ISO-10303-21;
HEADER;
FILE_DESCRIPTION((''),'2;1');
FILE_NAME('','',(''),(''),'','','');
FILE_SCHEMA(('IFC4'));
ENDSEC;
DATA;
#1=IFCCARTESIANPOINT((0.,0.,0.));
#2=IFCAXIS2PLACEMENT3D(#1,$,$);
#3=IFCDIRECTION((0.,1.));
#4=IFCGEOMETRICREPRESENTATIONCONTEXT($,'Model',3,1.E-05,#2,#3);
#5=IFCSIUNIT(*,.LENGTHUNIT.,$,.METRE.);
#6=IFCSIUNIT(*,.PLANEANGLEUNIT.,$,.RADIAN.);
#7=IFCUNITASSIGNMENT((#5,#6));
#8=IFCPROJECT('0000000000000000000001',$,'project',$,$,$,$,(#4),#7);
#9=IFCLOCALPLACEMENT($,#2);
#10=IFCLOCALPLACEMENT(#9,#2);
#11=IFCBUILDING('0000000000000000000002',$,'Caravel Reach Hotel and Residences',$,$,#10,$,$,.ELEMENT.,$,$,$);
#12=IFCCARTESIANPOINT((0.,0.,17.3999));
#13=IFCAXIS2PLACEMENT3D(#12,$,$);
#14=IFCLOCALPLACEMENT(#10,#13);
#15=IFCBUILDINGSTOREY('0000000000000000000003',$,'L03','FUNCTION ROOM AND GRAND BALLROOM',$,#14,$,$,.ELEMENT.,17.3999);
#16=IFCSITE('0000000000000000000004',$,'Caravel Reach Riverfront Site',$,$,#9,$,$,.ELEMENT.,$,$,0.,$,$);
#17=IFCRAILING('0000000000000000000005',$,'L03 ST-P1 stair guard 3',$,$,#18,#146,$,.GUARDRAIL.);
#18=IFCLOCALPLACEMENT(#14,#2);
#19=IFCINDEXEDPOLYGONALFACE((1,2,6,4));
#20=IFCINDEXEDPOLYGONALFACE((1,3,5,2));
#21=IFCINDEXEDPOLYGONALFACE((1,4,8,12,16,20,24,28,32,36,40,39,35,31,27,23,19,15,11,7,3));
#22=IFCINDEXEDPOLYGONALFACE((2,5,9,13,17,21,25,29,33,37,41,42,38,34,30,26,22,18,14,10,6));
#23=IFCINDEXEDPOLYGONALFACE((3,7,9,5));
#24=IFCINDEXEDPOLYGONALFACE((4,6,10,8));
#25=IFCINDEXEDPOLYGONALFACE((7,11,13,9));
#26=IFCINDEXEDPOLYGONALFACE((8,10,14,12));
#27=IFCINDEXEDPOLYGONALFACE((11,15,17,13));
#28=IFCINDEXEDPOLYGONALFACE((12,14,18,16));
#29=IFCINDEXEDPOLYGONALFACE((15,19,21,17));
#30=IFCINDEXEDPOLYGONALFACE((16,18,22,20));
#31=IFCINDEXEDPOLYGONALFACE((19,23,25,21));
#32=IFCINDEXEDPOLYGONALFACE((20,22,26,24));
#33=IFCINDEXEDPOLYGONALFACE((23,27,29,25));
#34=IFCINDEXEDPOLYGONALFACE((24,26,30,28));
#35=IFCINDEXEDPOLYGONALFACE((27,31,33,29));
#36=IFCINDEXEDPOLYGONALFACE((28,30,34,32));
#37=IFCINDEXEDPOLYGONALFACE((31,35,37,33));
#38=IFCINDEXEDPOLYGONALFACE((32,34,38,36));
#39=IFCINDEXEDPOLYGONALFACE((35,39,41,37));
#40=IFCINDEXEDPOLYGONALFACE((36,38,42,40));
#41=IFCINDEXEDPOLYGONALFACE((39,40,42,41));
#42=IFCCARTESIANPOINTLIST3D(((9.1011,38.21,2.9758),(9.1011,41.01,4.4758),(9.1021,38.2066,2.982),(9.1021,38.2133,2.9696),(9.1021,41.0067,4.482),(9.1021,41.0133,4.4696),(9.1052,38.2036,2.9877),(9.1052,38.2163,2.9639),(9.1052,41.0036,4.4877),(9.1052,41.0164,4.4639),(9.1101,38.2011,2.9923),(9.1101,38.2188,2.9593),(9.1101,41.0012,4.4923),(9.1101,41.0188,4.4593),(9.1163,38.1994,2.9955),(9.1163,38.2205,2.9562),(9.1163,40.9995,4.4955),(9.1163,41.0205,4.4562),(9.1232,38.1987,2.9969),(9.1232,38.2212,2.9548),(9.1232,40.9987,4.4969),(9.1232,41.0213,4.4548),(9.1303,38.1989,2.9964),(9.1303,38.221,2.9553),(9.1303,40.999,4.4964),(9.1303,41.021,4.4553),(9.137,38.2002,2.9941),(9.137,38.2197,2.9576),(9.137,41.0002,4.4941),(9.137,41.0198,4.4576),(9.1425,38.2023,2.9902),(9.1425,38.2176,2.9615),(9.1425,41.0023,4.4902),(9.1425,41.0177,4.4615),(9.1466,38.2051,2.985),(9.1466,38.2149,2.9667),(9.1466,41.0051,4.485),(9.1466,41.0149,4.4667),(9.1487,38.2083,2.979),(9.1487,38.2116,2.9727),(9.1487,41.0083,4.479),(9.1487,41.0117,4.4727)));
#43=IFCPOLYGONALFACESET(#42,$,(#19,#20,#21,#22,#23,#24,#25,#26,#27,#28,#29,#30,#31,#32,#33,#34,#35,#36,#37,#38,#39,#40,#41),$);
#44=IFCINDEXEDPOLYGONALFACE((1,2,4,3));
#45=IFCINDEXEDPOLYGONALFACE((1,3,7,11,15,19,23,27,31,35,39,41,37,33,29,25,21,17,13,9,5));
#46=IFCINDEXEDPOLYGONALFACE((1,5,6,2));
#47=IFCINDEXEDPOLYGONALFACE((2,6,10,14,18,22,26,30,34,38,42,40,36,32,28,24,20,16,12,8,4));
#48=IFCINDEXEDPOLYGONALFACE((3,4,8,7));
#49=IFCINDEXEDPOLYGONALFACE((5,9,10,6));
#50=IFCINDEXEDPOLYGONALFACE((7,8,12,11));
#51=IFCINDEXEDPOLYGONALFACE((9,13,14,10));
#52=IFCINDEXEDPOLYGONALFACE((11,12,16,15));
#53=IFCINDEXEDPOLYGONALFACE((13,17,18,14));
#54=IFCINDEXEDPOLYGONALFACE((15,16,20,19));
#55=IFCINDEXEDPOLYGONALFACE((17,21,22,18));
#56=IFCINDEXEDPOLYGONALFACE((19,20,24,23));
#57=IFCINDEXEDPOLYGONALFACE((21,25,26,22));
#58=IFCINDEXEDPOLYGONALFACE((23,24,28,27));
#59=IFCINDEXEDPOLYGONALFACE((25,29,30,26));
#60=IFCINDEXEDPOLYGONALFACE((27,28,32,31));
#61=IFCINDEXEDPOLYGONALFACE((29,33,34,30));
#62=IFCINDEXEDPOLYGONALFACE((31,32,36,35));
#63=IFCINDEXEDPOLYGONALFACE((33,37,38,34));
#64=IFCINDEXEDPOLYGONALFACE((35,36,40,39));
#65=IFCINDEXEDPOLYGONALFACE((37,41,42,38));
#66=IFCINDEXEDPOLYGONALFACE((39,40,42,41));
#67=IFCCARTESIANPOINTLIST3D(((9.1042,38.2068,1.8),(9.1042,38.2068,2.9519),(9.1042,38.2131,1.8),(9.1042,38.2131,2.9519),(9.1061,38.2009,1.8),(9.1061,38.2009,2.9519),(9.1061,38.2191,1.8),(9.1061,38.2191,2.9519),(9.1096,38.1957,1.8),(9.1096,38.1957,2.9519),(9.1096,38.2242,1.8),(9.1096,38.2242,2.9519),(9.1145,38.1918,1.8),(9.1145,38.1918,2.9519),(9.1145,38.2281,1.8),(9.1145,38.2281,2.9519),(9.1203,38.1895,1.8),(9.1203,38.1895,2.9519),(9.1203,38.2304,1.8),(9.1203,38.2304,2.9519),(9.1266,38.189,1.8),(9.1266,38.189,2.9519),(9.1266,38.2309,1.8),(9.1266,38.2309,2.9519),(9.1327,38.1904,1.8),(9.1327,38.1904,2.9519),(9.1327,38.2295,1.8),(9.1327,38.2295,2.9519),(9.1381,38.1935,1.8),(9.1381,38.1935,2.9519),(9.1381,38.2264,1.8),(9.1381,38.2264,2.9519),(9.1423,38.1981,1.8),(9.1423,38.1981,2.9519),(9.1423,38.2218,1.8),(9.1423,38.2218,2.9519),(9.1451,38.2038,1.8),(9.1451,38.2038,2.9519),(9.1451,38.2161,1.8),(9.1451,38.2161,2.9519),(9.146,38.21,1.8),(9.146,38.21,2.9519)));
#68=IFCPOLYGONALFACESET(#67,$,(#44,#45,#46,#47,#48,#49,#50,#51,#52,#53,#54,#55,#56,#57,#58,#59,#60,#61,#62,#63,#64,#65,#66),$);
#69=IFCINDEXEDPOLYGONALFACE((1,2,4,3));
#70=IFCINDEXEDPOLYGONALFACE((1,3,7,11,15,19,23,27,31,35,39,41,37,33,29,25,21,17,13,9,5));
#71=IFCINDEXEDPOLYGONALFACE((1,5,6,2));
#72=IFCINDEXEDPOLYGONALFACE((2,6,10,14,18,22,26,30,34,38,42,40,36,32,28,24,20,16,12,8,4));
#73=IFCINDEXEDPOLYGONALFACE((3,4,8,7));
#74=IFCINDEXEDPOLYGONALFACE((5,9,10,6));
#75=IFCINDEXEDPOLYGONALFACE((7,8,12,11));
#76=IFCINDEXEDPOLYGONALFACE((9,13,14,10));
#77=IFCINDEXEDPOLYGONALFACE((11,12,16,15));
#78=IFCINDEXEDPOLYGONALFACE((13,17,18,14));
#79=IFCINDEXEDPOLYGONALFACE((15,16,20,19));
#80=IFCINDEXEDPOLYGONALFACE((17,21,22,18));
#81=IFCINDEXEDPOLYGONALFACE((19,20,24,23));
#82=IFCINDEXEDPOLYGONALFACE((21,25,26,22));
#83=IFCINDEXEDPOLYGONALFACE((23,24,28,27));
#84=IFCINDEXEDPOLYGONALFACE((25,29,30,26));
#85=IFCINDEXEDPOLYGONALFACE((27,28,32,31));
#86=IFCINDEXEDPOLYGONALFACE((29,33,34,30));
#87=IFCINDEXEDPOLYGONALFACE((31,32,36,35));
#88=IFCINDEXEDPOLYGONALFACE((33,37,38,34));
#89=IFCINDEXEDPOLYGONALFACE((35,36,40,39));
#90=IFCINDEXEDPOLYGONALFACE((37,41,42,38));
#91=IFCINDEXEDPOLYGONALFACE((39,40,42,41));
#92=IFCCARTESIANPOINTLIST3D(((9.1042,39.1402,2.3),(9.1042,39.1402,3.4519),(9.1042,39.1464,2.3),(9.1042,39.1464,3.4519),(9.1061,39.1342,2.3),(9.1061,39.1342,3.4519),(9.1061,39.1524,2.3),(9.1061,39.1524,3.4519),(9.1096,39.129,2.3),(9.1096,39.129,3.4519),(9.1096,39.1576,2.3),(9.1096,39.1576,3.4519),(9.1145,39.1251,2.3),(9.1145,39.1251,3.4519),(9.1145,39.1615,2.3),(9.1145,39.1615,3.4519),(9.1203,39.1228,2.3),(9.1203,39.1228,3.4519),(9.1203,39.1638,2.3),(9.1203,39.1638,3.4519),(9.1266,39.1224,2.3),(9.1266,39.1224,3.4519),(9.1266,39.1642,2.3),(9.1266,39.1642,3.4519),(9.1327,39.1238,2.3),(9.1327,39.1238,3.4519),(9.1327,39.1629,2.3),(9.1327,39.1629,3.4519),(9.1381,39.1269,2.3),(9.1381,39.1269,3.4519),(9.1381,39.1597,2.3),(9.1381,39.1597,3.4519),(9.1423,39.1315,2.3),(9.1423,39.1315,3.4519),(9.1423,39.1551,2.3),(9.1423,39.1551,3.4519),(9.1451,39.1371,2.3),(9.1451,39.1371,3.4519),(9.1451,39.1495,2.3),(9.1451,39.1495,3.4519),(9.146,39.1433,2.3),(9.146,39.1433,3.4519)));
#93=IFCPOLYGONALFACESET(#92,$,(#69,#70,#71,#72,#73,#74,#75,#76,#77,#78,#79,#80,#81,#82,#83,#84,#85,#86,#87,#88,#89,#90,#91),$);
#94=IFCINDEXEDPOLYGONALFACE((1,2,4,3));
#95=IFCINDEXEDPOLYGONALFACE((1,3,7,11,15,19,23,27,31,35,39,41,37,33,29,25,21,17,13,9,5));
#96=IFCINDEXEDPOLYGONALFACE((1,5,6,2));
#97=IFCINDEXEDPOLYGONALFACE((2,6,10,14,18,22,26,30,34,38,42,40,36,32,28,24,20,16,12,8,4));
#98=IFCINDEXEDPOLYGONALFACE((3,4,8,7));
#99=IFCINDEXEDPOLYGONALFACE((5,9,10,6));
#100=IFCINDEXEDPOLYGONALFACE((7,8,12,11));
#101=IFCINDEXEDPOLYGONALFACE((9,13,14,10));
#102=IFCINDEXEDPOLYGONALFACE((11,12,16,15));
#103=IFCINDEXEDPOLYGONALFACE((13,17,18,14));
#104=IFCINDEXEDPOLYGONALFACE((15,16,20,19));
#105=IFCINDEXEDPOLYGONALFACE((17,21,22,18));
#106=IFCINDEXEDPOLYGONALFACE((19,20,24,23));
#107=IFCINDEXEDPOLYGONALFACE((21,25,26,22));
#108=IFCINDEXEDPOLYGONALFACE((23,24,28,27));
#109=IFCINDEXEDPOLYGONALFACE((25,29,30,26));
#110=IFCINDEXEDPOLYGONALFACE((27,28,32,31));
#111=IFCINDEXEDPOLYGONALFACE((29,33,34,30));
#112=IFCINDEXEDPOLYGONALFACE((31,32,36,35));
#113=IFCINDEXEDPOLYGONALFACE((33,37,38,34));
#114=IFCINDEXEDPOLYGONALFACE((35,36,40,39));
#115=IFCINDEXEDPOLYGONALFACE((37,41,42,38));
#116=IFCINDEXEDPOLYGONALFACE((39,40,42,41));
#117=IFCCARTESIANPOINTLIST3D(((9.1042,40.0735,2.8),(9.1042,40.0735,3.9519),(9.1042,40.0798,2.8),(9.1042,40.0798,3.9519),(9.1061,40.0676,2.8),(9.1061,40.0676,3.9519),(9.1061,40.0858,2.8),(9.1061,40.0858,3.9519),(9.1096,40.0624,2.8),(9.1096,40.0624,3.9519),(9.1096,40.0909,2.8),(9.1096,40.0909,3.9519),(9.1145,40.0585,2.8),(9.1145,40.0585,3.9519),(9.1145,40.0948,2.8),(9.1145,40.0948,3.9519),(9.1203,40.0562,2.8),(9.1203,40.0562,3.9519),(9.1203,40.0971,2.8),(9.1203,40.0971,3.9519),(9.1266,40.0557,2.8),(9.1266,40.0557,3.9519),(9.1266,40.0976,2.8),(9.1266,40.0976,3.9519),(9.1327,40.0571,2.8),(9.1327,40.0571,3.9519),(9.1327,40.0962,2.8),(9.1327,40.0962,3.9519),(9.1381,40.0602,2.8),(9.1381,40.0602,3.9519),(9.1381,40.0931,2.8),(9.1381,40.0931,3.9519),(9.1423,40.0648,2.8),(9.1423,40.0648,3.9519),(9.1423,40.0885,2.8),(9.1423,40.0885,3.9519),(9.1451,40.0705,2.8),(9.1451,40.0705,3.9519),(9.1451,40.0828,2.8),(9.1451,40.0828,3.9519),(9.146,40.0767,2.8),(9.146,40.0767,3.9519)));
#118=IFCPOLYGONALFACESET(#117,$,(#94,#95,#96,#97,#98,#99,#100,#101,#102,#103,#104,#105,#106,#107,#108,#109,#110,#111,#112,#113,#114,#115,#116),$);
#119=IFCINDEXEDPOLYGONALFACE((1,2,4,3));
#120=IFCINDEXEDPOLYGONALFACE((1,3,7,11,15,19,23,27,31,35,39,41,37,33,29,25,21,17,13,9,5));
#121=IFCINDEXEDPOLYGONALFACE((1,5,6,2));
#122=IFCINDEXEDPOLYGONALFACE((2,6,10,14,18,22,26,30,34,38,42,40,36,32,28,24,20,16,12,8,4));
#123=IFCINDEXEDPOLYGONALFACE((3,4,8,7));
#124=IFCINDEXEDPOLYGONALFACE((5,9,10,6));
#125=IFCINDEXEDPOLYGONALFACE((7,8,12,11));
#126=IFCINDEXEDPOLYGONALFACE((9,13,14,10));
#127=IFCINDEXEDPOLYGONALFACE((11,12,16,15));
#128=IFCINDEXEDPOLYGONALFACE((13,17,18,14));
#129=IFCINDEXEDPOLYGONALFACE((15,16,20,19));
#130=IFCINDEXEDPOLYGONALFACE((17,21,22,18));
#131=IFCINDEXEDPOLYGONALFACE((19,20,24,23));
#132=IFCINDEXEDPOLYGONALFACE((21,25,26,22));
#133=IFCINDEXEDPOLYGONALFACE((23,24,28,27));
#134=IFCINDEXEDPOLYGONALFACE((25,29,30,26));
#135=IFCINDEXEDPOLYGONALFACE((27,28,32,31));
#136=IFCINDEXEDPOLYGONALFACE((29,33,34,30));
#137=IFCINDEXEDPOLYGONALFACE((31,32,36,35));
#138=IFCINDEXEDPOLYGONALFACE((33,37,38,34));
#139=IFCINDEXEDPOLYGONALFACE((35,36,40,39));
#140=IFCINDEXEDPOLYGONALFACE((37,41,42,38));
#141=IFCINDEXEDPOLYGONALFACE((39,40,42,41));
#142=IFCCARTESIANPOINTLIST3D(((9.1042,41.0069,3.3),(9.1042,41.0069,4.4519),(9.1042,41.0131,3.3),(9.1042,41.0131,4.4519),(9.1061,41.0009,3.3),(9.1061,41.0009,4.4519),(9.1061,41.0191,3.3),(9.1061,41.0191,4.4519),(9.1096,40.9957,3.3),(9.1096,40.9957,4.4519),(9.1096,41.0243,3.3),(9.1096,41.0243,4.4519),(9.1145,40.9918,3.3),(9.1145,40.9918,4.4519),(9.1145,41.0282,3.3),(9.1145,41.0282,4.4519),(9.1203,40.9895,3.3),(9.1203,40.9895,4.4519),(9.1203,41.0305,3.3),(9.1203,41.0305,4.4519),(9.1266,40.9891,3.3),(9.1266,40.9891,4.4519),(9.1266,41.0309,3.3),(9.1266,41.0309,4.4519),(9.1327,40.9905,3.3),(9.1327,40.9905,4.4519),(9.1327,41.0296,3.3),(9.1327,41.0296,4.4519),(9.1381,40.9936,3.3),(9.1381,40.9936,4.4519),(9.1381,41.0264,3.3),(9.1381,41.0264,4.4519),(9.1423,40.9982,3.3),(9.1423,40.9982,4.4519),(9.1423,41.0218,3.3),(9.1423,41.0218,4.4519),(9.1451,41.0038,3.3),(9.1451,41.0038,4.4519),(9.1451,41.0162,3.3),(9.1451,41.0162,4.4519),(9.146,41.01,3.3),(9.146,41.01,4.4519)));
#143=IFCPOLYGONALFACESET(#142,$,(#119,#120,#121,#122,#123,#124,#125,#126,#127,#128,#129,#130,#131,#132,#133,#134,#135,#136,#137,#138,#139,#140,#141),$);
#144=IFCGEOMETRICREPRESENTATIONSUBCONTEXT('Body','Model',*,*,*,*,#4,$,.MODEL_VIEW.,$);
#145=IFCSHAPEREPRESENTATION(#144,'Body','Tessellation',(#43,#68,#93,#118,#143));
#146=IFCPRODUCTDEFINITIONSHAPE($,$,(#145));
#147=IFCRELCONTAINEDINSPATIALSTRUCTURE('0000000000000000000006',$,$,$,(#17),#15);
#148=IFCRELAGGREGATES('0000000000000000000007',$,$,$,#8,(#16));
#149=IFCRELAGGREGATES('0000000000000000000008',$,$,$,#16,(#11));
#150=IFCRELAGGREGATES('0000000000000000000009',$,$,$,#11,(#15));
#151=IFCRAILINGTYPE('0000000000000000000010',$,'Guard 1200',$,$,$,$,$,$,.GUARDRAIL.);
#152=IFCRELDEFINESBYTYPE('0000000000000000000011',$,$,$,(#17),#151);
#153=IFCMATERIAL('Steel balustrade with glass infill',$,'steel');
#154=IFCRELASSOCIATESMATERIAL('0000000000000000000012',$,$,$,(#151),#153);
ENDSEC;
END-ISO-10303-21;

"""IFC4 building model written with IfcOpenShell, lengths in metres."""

from ifc_helpers import new_model, si_unit, direction, frame, origin, origin_2d, place, context, subcontext, project, spatial, circle, extrude, material, type_object, element, save


model = new_model("IFC4")

# Units and contexts
model_context = context("Model", 3, precision=1e-05, world=origin(), true_north=direction((0.0, 1.0)))
body_context = subcontext(model_context, "Body", "Model", "MODEL_VIEW")
ifc_project = project(units=[si_unit("LENGTHUNIT", "METRE"), si_unit("PLANEANGLEUNIT", "RADIAN")], contexts=[model_context])

# Site, building, storey
site_placement = place(None, origin())
site = spatial("IfcSite", under=ifc_project, at=site_placement, Name="Caravel Reach Riverfront Site", CompositionType="ELEMENT", RefElevation=0.0)
building_placement = place(site_placement, origin())
building = spatial("IfcBuilding", under=site, at=building_placement, Name="Caravel Reach Hotel and Residences", CompositionType="ELEMENT")
storey_placement = place(building_placement, frame((0.0, 0.0, 17.3999)))
storey = spatial("IfcBuildingStorey", under=building, at=storey_placement, Name="L03", Description="FUNCTION ROOM AND GRAND BALLROOM", CompositionType="ELEMENT", Elevation=17.3999)

# Railing
ifc_material_1 = material(Name="Steel balustrade with glass infill", Category="steel")
railing_type_1 = type_object("IfcRailingType", Name="Guard 1200", PredefinedType="GUARDRAIL", material=ifc_material_1)
railing_1_placement = place(storey_placement, frame((9.125, 38.21, 1.8)))
element("IfcRailing", 1, at=railing_1_placement, inside=storey, type_object=railing_type_1, Name="L03 ST-P1 stair guard 3", PredefinedType="GUARDRAIL", context=body_context, shape_type="SweptSolid", body=[
    extrude(circle(Radius=0.0239, at=origin_2d()), frame((0.0, 0.0, 1.1758), z_axis=(0.0, 0.881483, 0.472215), x_axis=(-1.0, 0.0, 0.0)), (0.0, 0.0, 1.0), 3.1765),
    extrude(circle(Radius=0.021, at=origin_2d()), origin(), (0.0, 0.0, 1.0), 1.1519),
    extrude(circle(Radius=0.021, at=origin_2d()), frame((0.0, 0.9333, 0.5)), (0.0, 0.0, 1.0), 1.1519),
    extrude(circle(Radius=0.021, at=origin_2d()), frame((0.0, 1.8667, 1.0)), (0.0, 0.0, 1.0), 1.1519),
    extrude(circle(Radius=0.021, at=origin_2d()), frame((0.0, 2.8, 1.5)), (0.0, 0.0, 1.0), 1.1519),
])

save(model, "model.ifc")
